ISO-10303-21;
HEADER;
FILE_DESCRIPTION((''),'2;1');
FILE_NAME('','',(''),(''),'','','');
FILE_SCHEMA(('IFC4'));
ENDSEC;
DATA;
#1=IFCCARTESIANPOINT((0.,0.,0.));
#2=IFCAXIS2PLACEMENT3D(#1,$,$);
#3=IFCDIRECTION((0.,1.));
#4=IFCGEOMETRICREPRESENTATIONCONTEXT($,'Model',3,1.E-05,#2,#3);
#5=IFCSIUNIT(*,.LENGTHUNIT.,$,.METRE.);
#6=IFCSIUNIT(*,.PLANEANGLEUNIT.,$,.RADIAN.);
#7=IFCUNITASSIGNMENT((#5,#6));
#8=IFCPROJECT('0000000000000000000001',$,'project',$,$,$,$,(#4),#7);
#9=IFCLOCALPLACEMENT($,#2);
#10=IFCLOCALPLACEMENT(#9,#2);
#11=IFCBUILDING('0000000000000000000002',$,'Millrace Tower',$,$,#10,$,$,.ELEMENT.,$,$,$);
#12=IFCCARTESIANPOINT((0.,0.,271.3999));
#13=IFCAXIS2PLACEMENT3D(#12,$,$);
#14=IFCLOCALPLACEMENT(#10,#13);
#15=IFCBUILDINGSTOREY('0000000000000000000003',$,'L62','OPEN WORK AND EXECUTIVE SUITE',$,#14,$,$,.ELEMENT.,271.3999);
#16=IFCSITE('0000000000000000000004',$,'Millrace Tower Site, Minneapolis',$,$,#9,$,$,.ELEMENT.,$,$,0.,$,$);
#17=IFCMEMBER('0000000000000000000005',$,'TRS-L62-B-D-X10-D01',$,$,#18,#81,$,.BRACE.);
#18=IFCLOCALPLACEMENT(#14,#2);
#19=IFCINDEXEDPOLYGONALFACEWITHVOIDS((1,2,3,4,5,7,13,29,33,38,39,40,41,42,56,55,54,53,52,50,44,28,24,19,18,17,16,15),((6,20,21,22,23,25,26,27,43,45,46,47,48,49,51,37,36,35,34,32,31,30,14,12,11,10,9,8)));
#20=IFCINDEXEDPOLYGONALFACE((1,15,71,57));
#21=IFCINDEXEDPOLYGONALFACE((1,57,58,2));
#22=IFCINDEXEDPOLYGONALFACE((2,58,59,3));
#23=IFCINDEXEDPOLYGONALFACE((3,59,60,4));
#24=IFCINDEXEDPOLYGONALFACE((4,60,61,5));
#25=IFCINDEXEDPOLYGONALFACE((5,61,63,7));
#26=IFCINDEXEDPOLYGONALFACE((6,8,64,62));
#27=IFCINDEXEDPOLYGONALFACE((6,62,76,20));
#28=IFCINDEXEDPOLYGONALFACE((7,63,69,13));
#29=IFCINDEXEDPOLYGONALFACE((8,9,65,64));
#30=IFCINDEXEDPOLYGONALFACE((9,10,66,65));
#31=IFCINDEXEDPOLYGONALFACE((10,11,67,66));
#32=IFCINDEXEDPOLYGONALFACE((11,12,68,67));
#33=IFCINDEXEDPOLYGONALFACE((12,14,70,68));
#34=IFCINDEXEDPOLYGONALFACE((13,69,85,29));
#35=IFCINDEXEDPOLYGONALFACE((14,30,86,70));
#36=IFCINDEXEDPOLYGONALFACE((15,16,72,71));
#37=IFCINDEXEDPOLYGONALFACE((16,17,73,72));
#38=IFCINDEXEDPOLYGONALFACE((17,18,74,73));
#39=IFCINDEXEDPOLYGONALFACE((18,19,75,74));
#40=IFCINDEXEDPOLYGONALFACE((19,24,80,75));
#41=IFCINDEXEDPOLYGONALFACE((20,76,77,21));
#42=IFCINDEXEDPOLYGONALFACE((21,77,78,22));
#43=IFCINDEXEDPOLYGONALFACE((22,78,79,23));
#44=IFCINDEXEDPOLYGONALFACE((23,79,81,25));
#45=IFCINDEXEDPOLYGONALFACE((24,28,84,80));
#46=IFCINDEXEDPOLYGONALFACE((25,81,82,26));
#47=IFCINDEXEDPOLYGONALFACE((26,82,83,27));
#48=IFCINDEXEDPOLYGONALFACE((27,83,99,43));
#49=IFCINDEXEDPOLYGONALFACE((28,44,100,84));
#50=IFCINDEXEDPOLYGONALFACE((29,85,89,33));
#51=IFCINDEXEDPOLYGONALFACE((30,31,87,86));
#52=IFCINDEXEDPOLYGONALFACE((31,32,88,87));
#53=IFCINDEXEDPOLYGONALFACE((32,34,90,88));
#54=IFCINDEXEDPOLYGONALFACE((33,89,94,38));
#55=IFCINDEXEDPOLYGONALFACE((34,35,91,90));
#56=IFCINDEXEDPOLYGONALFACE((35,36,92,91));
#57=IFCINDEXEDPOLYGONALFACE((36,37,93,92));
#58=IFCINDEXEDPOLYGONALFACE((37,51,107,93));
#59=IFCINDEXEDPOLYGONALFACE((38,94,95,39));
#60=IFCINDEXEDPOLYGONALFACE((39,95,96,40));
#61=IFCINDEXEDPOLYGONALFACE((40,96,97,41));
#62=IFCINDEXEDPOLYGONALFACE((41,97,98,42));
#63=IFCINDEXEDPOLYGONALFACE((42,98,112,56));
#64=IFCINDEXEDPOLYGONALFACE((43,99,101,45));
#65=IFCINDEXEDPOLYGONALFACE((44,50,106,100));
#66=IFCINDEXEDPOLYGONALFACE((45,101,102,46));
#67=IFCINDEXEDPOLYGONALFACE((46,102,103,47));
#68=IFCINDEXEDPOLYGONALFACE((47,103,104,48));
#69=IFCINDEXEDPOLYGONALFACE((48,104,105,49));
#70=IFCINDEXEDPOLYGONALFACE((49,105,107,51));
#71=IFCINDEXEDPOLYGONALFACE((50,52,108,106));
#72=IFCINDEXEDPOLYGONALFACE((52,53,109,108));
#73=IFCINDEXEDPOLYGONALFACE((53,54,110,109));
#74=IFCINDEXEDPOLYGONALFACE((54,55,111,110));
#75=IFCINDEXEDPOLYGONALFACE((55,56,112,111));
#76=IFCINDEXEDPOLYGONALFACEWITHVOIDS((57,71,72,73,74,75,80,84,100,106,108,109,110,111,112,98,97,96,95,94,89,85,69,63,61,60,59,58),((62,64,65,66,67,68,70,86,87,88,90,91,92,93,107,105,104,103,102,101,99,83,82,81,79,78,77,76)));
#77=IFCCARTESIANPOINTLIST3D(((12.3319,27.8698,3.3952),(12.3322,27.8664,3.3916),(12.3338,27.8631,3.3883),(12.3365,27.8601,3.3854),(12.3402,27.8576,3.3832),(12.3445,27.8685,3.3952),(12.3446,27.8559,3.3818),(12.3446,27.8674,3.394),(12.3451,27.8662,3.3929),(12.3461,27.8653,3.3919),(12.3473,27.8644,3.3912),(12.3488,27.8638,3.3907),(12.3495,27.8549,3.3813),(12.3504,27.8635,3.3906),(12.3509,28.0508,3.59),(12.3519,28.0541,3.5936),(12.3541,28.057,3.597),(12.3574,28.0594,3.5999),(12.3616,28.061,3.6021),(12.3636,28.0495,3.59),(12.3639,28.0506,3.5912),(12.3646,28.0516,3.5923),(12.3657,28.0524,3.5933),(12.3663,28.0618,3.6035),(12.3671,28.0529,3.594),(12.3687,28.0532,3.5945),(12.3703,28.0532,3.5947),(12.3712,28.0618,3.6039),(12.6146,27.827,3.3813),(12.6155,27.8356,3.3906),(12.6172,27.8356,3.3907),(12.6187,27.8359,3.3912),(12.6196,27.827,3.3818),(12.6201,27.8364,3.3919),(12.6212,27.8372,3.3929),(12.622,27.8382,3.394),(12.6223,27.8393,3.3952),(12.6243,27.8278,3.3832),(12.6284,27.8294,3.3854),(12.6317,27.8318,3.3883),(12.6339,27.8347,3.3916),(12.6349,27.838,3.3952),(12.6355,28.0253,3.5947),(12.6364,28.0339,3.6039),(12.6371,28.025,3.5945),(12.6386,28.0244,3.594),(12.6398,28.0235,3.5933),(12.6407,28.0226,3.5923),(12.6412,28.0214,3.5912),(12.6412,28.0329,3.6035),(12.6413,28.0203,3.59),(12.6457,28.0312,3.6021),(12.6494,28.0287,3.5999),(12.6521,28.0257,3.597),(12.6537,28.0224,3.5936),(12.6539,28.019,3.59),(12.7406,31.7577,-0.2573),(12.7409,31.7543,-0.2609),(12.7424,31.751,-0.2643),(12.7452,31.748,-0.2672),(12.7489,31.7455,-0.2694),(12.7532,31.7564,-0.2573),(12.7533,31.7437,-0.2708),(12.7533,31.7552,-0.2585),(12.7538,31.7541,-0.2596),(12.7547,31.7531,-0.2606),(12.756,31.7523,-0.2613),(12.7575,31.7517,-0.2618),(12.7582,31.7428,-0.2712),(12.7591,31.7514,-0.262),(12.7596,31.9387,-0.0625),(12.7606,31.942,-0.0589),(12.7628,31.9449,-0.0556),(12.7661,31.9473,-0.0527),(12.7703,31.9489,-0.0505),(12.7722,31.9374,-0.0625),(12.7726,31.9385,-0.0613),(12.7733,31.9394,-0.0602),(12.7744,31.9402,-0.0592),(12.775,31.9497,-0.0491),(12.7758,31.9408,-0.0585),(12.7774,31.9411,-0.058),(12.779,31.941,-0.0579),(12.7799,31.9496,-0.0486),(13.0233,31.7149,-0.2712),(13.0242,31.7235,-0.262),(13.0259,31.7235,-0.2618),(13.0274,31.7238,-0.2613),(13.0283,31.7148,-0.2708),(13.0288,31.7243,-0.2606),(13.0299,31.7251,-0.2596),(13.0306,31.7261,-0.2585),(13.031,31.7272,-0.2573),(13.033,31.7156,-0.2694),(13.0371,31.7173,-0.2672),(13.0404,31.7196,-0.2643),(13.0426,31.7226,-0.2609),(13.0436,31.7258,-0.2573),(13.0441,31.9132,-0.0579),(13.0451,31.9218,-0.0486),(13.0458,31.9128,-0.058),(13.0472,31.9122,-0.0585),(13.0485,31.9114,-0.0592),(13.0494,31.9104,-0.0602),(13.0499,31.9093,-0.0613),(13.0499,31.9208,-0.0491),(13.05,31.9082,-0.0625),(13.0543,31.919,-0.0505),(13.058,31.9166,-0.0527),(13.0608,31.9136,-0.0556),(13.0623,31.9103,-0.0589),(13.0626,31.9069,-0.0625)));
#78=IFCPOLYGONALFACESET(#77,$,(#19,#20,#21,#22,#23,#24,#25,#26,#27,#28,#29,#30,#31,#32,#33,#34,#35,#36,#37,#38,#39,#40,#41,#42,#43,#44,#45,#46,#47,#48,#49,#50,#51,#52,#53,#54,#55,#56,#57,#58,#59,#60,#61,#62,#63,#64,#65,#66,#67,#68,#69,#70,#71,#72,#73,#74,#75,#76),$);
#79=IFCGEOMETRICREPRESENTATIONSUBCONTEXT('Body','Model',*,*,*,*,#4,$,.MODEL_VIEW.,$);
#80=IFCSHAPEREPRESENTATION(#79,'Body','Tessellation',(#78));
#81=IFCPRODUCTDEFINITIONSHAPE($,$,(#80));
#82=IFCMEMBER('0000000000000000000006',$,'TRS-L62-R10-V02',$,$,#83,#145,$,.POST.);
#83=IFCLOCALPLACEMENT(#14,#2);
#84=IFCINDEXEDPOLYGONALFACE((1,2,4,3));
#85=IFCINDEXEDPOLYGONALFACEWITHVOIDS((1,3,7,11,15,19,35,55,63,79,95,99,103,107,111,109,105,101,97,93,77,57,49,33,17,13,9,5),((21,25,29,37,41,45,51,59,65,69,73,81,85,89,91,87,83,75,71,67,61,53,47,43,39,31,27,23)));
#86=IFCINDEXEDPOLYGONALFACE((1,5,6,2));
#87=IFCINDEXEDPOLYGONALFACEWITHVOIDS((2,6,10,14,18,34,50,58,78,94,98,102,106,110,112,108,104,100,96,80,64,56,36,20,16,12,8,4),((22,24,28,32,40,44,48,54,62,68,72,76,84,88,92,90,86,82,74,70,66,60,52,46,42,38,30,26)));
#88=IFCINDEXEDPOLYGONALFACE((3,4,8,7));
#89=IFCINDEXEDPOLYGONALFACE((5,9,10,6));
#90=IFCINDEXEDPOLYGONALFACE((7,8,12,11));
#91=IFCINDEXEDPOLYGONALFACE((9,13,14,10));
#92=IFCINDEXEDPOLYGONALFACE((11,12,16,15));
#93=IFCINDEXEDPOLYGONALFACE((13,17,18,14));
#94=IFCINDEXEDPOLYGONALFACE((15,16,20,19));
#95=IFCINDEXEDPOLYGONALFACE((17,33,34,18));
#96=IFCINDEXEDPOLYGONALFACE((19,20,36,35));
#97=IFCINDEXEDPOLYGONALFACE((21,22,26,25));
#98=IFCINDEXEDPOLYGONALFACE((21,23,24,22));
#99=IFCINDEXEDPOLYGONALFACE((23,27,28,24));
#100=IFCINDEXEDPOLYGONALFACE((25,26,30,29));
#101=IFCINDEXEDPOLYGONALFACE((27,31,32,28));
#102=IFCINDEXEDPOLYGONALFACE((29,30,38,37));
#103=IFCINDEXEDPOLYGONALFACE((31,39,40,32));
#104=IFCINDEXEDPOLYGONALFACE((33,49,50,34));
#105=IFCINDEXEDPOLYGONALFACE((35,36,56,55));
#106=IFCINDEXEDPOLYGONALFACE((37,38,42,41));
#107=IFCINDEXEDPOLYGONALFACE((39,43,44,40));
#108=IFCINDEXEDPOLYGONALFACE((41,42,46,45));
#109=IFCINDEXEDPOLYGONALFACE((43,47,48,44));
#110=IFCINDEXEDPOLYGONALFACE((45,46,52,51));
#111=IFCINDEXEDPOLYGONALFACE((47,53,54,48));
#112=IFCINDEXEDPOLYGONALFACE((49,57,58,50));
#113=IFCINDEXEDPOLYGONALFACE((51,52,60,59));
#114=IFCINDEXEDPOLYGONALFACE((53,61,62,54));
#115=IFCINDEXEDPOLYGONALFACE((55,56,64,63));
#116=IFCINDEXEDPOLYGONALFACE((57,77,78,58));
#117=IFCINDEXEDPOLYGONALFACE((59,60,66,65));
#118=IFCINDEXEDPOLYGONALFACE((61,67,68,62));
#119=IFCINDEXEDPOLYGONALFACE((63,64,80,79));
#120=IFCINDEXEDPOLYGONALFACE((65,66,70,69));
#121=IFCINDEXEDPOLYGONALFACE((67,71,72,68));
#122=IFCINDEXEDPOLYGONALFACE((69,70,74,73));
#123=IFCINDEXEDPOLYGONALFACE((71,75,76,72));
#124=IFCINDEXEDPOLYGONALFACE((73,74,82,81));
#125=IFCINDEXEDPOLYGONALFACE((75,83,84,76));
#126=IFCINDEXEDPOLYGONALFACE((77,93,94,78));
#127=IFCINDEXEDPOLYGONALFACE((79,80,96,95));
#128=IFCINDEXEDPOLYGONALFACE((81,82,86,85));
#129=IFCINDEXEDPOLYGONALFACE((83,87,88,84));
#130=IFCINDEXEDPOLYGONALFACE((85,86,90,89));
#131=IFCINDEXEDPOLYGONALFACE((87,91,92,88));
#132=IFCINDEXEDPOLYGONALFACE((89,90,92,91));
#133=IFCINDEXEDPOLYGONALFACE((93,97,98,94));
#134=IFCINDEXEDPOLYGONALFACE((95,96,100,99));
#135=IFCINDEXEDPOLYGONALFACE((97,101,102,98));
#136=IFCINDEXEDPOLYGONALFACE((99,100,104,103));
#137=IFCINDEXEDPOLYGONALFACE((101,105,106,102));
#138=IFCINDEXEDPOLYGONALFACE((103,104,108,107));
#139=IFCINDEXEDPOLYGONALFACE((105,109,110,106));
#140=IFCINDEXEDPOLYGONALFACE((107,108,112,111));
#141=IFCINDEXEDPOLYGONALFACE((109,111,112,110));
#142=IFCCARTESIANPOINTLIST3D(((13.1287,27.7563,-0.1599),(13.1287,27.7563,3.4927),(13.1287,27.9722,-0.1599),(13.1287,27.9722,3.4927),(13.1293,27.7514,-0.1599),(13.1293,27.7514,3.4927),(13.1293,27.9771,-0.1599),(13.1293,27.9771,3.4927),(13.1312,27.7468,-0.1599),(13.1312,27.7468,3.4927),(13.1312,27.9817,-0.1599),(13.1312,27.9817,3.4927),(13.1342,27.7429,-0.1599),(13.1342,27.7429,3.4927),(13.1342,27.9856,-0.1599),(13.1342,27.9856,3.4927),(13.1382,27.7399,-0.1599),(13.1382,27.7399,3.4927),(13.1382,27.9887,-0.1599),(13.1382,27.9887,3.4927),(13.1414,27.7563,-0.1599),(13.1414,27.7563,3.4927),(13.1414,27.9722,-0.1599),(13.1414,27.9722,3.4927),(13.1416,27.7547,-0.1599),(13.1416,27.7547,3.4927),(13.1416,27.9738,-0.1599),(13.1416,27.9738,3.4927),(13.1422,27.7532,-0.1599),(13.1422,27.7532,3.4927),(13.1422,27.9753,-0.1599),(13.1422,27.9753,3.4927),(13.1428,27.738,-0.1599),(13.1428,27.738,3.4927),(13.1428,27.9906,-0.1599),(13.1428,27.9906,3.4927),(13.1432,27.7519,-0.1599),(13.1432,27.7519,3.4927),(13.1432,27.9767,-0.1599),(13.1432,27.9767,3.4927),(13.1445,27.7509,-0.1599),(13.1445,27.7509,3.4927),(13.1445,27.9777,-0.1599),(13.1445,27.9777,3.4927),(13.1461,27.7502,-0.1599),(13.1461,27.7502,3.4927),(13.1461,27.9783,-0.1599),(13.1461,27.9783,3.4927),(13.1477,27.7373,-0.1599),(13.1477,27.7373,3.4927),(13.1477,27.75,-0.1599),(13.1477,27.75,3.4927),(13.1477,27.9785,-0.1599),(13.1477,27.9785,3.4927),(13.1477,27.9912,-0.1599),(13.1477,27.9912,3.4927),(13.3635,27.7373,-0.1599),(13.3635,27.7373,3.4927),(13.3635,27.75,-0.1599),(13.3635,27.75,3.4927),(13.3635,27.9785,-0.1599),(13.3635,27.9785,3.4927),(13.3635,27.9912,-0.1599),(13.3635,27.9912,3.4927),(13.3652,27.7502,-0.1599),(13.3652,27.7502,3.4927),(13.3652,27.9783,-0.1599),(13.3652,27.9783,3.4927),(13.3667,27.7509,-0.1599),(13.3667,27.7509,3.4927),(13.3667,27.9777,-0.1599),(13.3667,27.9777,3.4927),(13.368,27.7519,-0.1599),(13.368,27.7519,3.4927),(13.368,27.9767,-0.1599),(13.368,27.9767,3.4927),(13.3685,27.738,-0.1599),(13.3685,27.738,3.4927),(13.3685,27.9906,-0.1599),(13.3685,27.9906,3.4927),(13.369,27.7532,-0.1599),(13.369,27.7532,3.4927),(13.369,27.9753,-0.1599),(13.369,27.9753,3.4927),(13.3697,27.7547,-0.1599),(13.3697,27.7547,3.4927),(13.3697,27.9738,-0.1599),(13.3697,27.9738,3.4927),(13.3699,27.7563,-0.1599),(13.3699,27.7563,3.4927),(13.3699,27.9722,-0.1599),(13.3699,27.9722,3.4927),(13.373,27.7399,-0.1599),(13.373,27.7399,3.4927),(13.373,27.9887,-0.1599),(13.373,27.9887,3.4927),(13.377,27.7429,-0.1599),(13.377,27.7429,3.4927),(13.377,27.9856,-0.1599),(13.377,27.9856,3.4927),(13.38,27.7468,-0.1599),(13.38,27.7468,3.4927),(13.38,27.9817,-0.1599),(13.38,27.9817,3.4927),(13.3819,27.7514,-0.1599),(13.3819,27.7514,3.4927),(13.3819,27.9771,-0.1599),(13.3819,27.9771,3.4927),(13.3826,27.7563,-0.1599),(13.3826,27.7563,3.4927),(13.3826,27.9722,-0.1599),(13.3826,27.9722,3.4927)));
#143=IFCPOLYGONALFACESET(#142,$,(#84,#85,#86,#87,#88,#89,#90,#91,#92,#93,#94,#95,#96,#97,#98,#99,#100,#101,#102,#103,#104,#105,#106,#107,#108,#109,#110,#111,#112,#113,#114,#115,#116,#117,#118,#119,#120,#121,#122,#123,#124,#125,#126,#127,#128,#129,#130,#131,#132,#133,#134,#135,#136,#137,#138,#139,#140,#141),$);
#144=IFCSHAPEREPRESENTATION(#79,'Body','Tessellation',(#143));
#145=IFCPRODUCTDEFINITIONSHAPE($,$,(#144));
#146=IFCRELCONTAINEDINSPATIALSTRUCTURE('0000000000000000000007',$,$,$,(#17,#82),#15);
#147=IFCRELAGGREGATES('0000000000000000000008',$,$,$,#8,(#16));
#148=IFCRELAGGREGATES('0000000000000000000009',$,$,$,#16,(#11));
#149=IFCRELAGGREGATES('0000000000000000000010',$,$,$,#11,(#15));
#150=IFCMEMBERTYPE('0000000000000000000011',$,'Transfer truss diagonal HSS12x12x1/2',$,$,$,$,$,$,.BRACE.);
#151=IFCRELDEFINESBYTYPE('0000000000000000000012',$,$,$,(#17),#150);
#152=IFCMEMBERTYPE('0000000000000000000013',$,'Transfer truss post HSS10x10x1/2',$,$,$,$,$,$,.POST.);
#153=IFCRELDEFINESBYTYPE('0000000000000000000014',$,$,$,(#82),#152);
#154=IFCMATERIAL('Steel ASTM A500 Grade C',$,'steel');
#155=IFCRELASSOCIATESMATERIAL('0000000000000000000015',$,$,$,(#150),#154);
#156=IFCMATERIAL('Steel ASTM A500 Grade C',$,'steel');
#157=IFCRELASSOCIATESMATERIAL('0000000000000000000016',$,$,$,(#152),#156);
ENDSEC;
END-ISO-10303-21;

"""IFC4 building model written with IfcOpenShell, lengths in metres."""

from ifc_helpers import new_model, si_unit, direction, frame, origin, origin_2d, place, context, subcontext, project, spatial, hollow_rectangle, extrude, material, material_profile, profile_set, type_object, element, save


model = new_model("IFC4")

# Units and contexts
model_context = context("Model", 3, precision=1e-05, world=origin(), true_north=direction((0.0, 1.0)))
body_context = subcontext(model_context, "Body", "Model", "MODEL_VIEW")
ifc_project = project(units=[si_unit("LENGTHUNIT", "METRE"), si_unit("PLANEANGLEUNIT", "RADIAN")], contexts=[model_context])

# Site, building, storey
site_placement = place(None, origin())
site = spatial("IfcSite", under=ifc_project, at=site_placement, Name="Millrace Tower Site, Minneapolis", CompositionType="ELEMENT", RefElevation=0.0)
building_placement = place(site_placement, origin())
building = spatial("IfcBuilding", under=site, at=building_placement, Name="Millrace Tower", CompositionType="ELEMENT")
storey_placement = place(building_placement, frame((0.0, 0.0, 271.3999)))
storey = spatial("IfcBuildingStorey", under=building, at=storey_placement, Name="L62", Description="OPEN WORK AND EXECUTIVE SUITE", CompositionType="ELEMENT", Elevation=271.3999)

# Members
ifc_material_1 = material(Name="Steel ASTM A500 Grade C", Category="steel")
ifc_material_profile_1 = material_profile(ifc_material_1, hollow_rectangle(XDim=0.3047, YDim=0.3047, WallThickness=0.0127, InnerFilletRadius=0.0063, OuterFilletRadius=0.019, at=origin_2d()))
ifc_profile_set_1 = profile_set([ifc_material_profile_1], Name="Steel ASTM A500 Grade C")
member_type_1 = type_object("IfcMemberType", Name="Transfer truss diagonal HSS12x12x1/2", PredefinedType="BRACE", material=ifc_profile_set_1)
member_1_placement = place(storey_placement, frame((12.9016, 31.8323, -0.1599), z_axis=(-0.076388, -0.726692, 0.682703), x_axis=(0.99452, -0.104542, 0.0)))
element("IfcMember", 1, at=member_1_placement, inside=storey, type_object=member_type_1, Name="TRS-L62-B-D-X10-D01", PredefinedType="BRACE", context=body_context, shape_type="SweptSolid", body=[
    extrude(hollow_rectangle(XDim=0.3047, YDim=0.3047, WallThickness=0.0127, InnerFilletRadius=0.0063, OuterFilletRadius=0.019, at=origin_2d()), origin(), (0.0, 0.0, 1.0), 5.3501),
])
ifc_material_2 = material(Name="Steel ASTM A500 Grade C", Category="steel")
ifc_material_profile_2 = material_profile(ifc_material_2, hollow_rectangle(XDim=0.2539, YDim=0.2539, WallThickness=0.0127, InnerFilletRadius=0.0063, OuterFilletRadius=0.019, at=origin_2d()))
ifc_profile_set_2 = profile_set([ifc_material_profile_2], Name="Steel ASTM A500 Grade C")
member_type_2 = type_object("IfcMemberType", Name="Transfer truss post HSS10x10x1/2", PredefinedType="POST", material=ifc_profile_set_2)
for number, where, z_axis, x_axis, name in (
    (2, (13.2556, 27.8643, -0.1599), (0.0, 0.0, 1.0), (1.0, 0.0, 0.0), "TRS-L62-R10-V02"),
):
    element("IfcMember", number, at=place(storey_placement, frame(where, z_axis=z_axis, x_axis=x_axis)), inside=storey, type_object=member_type_2, Name=name, PredefinedType="POST", context=body_context, shape_type="SweptSolid", body=[
        extrude(hollow_rectangle(XDim=0.2539, YDim=0.2539, WallThickness=0.0127, InnerFilletRadius=0.0063, OuterFilletRadius=0.019, at=origin_2d()), origin(), (0.0, 0.0, 1.0), 3.6526),
    ])

save(model, "model.ifc")
